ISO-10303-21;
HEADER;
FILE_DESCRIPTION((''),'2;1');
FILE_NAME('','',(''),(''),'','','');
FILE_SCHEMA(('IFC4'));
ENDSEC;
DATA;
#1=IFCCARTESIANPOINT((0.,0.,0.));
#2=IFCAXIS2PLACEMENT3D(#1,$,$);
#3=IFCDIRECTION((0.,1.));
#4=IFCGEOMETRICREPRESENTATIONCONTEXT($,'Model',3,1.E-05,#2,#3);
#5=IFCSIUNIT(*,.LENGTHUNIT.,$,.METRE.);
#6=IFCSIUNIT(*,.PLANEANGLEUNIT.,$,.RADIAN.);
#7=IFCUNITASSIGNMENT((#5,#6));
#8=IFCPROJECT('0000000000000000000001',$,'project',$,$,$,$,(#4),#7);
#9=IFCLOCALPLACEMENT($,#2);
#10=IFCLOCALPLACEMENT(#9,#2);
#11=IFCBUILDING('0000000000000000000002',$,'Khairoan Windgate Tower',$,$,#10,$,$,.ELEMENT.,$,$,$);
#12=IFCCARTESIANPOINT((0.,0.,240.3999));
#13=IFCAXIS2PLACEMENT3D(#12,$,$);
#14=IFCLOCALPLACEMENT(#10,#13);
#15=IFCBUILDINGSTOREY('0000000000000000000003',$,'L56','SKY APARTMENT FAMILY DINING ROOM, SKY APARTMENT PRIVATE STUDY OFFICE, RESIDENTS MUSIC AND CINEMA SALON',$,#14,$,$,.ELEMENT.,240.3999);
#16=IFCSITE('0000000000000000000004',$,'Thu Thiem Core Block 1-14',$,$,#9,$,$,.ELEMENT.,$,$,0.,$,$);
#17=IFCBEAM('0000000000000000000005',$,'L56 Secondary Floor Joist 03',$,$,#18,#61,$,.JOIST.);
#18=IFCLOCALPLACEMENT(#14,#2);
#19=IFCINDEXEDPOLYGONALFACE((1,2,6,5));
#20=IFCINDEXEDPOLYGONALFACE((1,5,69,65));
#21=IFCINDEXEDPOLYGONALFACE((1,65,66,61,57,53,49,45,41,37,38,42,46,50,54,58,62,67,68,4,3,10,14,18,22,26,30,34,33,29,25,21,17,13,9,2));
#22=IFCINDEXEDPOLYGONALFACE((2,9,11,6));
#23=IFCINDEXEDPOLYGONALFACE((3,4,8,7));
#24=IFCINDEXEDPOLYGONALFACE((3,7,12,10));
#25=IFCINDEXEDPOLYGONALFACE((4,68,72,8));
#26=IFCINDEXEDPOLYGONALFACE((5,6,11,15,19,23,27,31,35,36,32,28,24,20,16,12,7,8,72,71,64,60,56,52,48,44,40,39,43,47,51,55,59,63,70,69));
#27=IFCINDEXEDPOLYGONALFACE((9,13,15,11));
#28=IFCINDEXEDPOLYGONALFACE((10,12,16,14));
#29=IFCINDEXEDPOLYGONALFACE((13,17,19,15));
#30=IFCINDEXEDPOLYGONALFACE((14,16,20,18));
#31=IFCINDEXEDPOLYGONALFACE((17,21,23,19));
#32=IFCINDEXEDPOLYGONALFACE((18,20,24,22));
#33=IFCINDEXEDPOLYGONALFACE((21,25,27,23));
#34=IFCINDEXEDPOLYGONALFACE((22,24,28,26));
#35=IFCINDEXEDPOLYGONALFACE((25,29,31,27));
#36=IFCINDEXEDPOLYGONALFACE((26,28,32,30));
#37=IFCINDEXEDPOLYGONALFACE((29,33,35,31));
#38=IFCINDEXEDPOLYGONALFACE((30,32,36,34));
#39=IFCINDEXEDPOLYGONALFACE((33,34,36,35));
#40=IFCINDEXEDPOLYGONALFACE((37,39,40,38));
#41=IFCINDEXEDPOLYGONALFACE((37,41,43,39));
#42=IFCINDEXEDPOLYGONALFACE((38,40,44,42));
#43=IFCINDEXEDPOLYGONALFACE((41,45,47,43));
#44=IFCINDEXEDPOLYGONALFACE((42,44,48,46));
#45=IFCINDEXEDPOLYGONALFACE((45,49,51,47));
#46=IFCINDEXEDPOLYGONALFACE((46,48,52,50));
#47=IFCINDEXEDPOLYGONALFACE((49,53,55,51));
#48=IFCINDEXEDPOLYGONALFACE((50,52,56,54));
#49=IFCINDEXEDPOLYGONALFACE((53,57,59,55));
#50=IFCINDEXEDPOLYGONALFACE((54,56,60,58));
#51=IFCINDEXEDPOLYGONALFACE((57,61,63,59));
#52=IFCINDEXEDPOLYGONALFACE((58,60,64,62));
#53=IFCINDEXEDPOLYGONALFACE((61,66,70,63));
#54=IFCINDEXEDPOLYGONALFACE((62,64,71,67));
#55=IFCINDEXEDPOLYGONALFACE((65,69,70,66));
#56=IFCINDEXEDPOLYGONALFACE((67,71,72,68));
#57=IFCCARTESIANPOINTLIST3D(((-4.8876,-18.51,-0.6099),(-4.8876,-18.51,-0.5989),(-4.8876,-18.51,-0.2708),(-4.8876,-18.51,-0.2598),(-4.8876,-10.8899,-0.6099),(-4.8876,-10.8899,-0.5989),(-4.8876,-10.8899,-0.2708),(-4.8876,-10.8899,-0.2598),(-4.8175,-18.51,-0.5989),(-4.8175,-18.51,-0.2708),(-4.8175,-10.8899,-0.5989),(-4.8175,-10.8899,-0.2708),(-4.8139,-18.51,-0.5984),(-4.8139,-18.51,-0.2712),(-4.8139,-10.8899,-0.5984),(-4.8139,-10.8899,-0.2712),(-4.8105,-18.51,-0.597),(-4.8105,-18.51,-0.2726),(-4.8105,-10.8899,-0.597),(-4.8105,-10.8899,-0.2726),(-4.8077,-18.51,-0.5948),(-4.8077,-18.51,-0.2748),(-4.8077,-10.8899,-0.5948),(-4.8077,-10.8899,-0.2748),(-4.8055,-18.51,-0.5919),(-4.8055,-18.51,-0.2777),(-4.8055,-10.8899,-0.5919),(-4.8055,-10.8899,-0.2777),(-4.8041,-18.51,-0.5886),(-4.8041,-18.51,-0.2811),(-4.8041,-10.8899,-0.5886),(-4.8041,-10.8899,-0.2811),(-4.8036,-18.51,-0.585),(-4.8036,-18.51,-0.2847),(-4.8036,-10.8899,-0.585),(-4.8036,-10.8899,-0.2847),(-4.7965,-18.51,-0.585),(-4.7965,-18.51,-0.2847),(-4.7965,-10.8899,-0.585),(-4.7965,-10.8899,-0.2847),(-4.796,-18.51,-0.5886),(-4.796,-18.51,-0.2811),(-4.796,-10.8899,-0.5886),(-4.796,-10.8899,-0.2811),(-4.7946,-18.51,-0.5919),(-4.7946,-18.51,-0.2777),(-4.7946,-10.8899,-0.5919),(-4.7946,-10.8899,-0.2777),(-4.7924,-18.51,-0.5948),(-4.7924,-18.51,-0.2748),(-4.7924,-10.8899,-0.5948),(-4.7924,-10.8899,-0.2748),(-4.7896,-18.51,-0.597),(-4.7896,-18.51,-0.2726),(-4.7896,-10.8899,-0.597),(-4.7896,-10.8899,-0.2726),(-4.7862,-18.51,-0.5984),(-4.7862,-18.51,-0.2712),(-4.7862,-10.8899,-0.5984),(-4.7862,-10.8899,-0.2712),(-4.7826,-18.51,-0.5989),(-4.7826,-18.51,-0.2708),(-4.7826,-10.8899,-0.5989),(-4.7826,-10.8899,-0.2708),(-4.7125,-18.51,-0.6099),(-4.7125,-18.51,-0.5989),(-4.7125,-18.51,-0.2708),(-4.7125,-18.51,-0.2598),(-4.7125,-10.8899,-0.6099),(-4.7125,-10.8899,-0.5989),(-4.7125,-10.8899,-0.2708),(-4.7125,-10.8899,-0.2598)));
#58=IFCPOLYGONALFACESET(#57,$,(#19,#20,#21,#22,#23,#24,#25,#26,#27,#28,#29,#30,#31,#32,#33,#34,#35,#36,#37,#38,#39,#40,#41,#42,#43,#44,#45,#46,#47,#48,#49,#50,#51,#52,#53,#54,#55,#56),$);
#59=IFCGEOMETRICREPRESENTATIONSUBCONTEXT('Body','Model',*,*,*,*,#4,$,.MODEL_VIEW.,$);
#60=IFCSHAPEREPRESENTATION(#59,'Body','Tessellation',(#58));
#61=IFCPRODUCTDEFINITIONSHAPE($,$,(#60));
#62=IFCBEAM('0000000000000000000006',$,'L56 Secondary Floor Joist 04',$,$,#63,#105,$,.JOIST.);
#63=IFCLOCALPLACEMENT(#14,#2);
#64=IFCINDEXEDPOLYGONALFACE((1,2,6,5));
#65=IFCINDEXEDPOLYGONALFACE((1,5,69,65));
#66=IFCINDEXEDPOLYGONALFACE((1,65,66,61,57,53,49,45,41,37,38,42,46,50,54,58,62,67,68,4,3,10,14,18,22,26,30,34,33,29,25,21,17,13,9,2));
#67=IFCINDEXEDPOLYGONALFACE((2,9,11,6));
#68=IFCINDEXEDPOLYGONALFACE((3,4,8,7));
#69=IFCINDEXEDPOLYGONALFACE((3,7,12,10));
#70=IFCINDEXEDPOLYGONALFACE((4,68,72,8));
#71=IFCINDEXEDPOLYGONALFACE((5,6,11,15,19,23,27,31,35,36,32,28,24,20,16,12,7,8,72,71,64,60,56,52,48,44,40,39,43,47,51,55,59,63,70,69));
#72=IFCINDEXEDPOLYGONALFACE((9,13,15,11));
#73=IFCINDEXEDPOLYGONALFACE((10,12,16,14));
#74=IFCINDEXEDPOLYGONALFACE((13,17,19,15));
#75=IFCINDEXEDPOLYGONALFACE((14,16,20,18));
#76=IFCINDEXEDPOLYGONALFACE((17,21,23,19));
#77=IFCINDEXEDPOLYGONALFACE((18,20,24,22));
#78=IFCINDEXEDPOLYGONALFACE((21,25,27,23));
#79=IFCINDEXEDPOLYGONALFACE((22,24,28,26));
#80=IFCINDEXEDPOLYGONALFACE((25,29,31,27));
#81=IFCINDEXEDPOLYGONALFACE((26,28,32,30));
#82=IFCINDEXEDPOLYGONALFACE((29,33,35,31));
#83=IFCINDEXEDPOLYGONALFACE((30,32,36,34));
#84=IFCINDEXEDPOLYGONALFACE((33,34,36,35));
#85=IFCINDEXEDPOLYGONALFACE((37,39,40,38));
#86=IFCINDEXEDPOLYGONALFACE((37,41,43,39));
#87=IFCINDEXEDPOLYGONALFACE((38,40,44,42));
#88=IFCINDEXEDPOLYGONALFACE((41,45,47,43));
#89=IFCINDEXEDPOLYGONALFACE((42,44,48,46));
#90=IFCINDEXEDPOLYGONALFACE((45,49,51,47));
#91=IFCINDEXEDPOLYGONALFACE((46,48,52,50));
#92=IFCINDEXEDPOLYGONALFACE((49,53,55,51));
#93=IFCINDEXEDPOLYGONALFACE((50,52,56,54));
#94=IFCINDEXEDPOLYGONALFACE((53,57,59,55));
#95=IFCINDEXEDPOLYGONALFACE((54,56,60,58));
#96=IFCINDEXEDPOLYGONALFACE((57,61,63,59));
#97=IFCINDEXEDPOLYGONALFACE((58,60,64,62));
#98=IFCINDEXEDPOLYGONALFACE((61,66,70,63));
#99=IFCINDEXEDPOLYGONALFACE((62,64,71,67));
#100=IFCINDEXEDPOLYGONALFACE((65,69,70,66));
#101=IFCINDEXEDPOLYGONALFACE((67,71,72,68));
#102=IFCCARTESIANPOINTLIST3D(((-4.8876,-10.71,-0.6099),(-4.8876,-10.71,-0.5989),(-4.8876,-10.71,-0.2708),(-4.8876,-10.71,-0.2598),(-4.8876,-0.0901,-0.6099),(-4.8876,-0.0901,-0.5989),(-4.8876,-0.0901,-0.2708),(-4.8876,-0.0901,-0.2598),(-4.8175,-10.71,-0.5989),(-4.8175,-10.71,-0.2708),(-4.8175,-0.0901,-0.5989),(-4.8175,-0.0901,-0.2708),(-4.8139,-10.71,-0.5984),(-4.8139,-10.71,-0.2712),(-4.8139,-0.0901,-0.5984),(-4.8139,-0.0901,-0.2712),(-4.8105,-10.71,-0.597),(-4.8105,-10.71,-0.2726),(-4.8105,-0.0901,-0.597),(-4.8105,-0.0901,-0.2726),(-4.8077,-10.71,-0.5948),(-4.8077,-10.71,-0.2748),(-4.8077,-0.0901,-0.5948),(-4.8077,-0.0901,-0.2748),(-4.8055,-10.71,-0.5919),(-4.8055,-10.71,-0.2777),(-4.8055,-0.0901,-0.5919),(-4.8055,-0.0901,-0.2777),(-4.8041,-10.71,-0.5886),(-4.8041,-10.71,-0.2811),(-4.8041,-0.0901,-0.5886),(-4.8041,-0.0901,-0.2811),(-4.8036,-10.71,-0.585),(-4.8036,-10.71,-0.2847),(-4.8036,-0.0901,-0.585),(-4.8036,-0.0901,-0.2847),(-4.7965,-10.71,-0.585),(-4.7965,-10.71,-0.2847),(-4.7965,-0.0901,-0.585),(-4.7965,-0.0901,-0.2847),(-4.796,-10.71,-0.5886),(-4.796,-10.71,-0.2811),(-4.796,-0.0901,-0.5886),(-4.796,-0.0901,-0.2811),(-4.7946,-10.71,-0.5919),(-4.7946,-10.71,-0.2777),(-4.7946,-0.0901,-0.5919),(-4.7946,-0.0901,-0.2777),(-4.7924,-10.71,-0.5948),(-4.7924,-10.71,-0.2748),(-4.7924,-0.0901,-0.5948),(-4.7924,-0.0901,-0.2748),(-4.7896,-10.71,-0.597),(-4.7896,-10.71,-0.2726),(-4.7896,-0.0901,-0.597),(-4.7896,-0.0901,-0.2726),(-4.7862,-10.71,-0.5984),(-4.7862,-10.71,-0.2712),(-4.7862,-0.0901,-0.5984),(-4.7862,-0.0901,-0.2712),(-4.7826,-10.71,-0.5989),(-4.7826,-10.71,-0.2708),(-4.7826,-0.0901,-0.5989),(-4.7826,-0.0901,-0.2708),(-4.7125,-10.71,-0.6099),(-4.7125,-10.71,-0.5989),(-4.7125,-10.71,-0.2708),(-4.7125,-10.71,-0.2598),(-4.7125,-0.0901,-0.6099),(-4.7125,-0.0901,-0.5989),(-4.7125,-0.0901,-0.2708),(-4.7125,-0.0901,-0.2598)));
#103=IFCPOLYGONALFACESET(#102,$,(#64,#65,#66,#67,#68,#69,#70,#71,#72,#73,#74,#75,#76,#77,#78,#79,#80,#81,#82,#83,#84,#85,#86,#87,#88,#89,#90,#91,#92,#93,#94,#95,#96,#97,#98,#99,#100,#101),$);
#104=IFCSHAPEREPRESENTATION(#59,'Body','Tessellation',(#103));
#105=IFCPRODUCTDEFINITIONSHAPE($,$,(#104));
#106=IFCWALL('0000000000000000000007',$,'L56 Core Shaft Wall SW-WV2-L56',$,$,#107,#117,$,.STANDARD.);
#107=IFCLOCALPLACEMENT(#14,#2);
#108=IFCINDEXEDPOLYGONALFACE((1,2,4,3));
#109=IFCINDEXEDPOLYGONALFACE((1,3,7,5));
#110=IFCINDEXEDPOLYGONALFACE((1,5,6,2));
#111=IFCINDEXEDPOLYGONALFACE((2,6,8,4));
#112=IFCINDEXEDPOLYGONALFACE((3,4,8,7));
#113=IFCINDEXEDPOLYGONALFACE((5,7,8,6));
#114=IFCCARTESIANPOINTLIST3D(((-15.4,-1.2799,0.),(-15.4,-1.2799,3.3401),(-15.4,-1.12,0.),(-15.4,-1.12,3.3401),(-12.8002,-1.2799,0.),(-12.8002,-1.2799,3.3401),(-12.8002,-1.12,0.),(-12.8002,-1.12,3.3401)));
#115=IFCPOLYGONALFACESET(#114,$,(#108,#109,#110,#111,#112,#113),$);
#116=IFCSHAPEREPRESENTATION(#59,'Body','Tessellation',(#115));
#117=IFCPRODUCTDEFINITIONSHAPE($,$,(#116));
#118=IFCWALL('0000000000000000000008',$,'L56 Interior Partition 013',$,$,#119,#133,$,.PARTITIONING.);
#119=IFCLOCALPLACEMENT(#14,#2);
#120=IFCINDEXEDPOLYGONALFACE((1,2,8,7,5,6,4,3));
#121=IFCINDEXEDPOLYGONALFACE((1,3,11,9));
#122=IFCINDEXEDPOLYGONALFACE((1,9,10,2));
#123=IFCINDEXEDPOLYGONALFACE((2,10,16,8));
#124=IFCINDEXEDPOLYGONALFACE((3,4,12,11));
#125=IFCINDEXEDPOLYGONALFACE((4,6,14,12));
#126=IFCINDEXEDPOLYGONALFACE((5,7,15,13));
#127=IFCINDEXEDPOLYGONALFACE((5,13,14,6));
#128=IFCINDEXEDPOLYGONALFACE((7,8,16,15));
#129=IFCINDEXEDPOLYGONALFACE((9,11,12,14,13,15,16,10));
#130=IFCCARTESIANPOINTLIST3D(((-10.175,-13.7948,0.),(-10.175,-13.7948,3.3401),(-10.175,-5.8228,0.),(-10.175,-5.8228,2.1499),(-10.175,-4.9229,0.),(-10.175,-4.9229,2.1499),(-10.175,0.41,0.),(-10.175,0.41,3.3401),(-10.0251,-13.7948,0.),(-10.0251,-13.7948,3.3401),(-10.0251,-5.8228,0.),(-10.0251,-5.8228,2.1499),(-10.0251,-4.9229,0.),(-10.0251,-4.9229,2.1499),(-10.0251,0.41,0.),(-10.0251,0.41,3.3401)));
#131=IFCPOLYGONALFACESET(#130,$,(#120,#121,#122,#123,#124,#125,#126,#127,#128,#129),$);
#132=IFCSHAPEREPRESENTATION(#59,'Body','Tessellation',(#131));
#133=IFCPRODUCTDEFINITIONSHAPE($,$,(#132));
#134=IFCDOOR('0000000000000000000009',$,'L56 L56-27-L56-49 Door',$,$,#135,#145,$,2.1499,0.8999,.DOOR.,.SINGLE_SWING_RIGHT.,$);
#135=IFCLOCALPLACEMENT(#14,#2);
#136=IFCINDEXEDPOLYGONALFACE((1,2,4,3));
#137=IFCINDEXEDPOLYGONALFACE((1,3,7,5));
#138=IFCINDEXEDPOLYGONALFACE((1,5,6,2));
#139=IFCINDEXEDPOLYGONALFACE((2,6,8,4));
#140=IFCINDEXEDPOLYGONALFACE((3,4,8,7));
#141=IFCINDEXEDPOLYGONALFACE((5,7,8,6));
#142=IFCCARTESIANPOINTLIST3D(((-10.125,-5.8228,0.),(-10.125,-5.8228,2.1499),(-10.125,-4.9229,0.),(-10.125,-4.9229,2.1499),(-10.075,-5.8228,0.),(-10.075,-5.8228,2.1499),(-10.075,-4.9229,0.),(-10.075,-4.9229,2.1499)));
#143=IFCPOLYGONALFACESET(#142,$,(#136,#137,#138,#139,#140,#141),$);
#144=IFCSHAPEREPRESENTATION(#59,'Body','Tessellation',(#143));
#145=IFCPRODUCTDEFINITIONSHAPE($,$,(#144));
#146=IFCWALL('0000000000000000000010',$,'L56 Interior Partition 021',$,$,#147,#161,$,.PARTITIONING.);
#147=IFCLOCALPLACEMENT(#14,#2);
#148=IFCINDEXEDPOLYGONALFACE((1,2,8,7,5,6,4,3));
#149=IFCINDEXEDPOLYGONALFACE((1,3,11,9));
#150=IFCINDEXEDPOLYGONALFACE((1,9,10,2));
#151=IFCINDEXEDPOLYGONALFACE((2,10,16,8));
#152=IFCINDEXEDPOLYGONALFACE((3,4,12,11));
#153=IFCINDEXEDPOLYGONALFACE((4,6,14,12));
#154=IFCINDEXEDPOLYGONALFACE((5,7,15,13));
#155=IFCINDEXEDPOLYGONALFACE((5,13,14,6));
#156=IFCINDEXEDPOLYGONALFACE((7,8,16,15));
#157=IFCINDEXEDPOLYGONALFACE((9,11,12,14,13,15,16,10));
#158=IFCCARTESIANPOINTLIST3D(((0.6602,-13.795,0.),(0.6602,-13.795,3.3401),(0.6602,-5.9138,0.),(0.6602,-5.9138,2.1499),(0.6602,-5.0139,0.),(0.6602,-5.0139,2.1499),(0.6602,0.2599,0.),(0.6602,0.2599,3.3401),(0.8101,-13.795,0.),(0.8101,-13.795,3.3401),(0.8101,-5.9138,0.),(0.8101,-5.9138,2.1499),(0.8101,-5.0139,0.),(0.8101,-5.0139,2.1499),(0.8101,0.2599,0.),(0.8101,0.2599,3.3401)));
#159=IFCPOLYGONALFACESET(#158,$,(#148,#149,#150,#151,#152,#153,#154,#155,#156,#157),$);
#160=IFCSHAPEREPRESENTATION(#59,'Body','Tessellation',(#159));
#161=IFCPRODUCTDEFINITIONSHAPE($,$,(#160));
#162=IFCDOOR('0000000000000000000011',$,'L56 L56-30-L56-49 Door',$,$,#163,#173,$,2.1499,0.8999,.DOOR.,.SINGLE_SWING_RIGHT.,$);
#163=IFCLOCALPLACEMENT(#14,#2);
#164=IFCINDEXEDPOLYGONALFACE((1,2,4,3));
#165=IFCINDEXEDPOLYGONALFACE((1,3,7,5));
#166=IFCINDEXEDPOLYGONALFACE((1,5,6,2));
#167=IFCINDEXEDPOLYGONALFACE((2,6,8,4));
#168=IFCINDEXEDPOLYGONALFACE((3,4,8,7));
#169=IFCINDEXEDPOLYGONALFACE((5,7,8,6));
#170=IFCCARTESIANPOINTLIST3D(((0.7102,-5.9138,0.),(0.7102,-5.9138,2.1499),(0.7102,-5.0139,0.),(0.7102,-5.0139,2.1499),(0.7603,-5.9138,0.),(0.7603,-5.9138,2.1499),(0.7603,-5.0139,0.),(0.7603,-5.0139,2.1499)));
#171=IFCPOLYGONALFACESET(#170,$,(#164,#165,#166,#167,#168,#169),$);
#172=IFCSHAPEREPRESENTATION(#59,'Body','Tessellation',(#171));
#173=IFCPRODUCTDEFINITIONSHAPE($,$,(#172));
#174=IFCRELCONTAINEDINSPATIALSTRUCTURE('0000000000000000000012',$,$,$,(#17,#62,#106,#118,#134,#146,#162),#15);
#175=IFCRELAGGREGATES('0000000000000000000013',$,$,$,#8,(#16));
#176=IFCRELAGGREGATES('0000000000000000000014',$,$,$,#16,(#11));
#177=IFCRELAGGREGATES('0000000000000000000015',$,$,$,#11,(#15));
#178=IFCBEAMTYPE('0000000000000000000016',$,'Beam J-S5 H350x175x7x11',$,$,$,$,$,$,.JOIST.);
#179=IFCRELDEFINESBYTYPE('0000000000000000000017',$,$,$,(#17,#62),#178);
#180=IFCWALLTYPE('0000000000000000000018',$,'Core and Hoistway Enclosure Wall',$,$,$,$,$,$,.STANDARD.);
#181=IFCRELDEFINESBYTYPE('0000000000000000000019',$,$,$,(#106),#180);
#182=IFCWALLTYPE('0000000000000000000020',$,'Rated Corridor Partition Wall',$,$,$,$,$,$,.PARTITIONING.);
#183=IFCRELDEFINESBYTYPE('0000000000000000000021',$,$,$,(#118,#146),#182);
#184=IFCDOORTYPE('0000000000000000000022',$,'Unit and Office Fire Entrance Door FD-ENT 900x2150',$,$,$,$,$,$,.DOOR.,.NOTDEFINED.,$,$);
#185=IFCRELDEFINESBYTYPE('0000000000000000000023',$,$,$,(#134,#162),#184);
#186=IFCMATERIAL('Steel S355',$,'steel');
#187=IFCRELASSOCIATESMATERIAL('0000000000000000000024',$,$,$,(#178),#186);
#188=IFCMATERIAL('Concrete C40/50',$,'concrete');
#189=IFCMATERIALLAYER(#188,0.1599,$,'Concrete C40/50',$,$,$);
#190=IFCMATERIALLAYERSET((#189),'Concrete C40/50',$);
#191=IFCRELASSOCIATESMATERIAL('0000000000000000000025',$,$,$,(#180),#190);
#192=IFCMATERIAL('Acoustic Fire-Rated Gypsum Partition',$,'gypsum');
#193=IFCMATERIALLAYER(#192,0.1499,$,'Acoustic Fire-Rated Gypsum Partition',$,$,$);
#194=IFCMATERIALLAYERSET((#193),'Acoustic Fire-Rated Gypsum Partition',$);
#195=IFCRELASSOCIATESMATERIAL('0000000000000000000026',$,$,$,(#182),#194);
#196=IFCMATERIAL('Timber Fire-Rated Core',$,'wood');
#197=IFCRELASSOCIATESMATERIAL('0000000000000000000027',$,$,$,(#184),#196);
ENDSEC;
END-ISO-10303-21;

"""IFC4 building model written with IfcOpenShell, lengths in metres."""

from ifc_helpers import new_model, si_unit, direction, frame, frame_2d, origin, origin_2d, place, context, subcontext, project, spatial, rectangle, i_section, extrude, material, layer, layer_set, material_profile, profile_set, type_object, element, fill, save


model = new_model("IFC4")

# Units and contexts
model_context = context("Model", 3, precision=1e-05, world=origin(), true_north=direction((0.0, 1.0)))
body_context = subcontext(model_context, "Body", "Model", "MODEL_VIEW")
ifc_project = project(units=[si_unit("LENGTHUNIT", "METRE"), si_unit("PLANEANGLEUNIT", "RADIAN")], contexts=[model_context])

# Site, building, storey
site_placement = place(None, origin())
site = spatial("IfcSite", under=ifc_project, at=site_placement, Name="Thu Thiem Core Block 1-14", CompositionType="ELEMENT", RefElevation=0.0)
building_placement = place(site_placement, origin())
building = spatial("IfcBuilding", under=site, at=building_placement, Name="Khairoan Windgate Tower", CompositionType="ELEMENT")
storey_placement = place(building_placement, frame((0.0, 0.0, 240.3999)))
storey = spatial("IfcBuildingStorey", under=building, at=storey_placement, Name="L56", Description="SKY APARTMENT FAMILY DINING ROOM, SKY APARTMENT PRIVATE STUDY OFFICE, RESIDENTS MUSIC AND CINEMA SALON", CompositionType="ELEMENT", Elevation=240.3999)

# Beams
ifc_material_1 = material(Name="Steel S355", Category="steel")
ifc_material_profile_1 = material_profile(ifc_material_1, i_section(OverallWidth=0.175, OverallDepth=0.3501, WebThickness=0.0071, FlangeThickness=0.011, FilletRadius=0.0139, at=origin_2d()))
ifc_profile_set_1 = profile_set([ifc_material_profile_1], Name="Steel S355")
beam_type_1 = type_object("IfcBeamType", Name="Beam J-S5 H350x175x7x11", PredefinedType="JOIST", material=ifc_profile_set_1)
beam_1_placement = place(storey_placement, frame((-4.8, -18.51, -0.4348), z_axis=(0.0, 1.0, 0.0), x_axis=(-1.0, 0.0, 0.0)))
element("IfcBeam", 1, at=beam_1_placement, inside=storey, type_object=beam_type_1, Name="L56 Secondary Floor Joist 03", PredefinedType="JOIST", context=body_context, shape_type="SweptSolid", body=[
    extrude(i_section(OverallWidth=0.175, OverallDepth=0.3501, WebThickness=0.0071, FlangeThickness=0.011, FilletRadius=0.0139, at=origin_2d()), origin(), (0.0, 0.0, 1.0), 7.6201),
])
beam_2_placement = place(storey_placement, frame((-4.8, -10.71, -0.4348), z_axis=(0.0, 1.0, 0.0), x_axis=(-1.0, 0.0, 0.0)))
element("IfcBeam", 2, at=beam_2_placement, inside=storey, type_object=beam_type_1, Name="L56 Secondary Floor Joist 04", PredefinedType="JOIST", context=body_context, shape_type="SweptSolid", body=[
    extrude(i_section(OverallWidth=0.175, OverallDepth=0.3501, WebThickness=0.0071, FlangeThickness=0.011, FilletRadius=0.0139, at=origin_2d()), origin(), (0.0, 0.0, 1.0), 10.6199),
])

# Wall
ifc_material_2 = material(Name="Concrete C40/50", Category="concrete")
ifc_layer_1 = layer(ifc_material_2, 0.1599, Name="Concrete C40/50")
ifc_layer_set_1 = layer_set([ifc_layer_1], Name="Concrete C40/50")
wall_type_1 = type_object("IfcWallType", Name="Core and Hoistway Enclosure Wall", PredefinedType="STANDARD", material=ifc_layer_set_1)
wall_1_placement = place(storey_placement, frame((-15.3999, -1.2, 0.0), z_axis=(0.0, 0.0, 1.0), x_axis=(1.0, 0.0, 0.0)))
element("IfcWall", 3, at=wall_1_placement, inside=storey, type_object=wall_type_1, Name="L56 Core Shaft Wall SW-WV2-L56", PredefinedType="STANDARD", context=body_context, shape_type="SweptSolid", body=[
    extrude(rectangle(XDim=2.5999, YDim=0.1599, at=frame_2d((1.2998, 0.0))), origin(), (0.0, 0.0, 1.0), 3.3401),
])

# Walls, openings, doors
ifc_material_3 = material(Name="Acoustic Fire-Rated Gypsum Partition", Category="gypsum")
ifc_layer_2 = layer(ifc_material_3, 0.1499, Name="Acoustic Fire-Rated Gypsum Partition")
ifc_layer_set_2 = layer_set([ifc_layer_2], Name="Acoustic Fire-Rated Gypsum Partition")
wall_type_2 = type_object("IfcWallType", Name="Rated Corridor Partition Wall", PredefinedType="PARTITIONING", material=ifc_layer_set_2)
wall_2_placement = place(storey_placement, frame((-10.1001, -13.7949, 0.0), z_axis=(0.0, 0.0, 1.0), x_axis=(0.0, 1.0, 0.0)))
wall_2 = element("IfcWall", 4, at=wall_2_placement, inside=storey, type_object=wall_type_2, Name="L56 Interior Partition 013", PredefinedType="PARTITIONING", context=body_context, shape_type="SweptSolid", body=[
    extrude(rectangle(XDim=14.2048, YDim=0.1499, at=frame_2d((7.1025, 0.0))), origin(), (0.0, 0.0, 1.0), 3.3401),
])
opening_1_placement = place(wall_2_placement, frame((7.9722, 0.0, 0.0)))
opening_1 = element("IfcOpeningElement", 5, at=opening_1_placement, cuts=wall_2, PredefinedType="OPENING", context=body_context, shape_type="SweptSolid", body=[
    extrude(rectangle(XDim=0.8999, YDim=2.1499, at=frame_2d((0.45, 1.075))), frame((0.0, 0.085, 0.0), z_axis=(0.0, -1.0, 0.0), x_axis=(1.0, 0.0, 0.0)), (0.0, 0.0, 1.0), 0.1699),
])
ifc_material_4 = material(Name="Timber Fire-Rated Core", Category="wood")
door_type_1 = type_object("IfcDoorType", Name="Unit and Office Fire Entrance Door FD-ENT 900x2150", OperationType="NOTDEFINED", PredefinedType="DOOR", material=ifc_material_4)
door_1_placement = place(opening_1_placement, origin())
door_1 = element("IfcDoor", 6, at=door_1_placement, inside=storey, type_object=door_type_1, Name="L56 L56-27-L56-49 Door", OperationType="SINGLE_SWING_RIGHT", OverallHeight=2.1499, OverallWidth=0.8999, PredefinedType="DOOR", context=body_context, shape_type="SweptSolid", body=[
    extrude(rectangle(XDim=0.8999, YDim=2.1499, at=frame_2d((0.45, 1.075))), frame((0.0, 0.0249, 0.0), z_axis=(0.0, -1.0, 0.0), x_axis=(1.0, 0.0, 0.0)), (0.0, 0.0, 1.0), 0.05),
])
fill(opening_1, door_1)
wall_3_placement = place(storey_placement, frame((0.7351, -13.7949, 0.0), z_axis=(0.0, 0.0, 1.0), x_axis=(0.0, 1.0, 0.0)))
wall_3 = element("IfcWall", 7, at=wall_3_placement, inside=storey, type_object=wall_type_2, Name="L56 Interior Partition 021", PredefinedType="PARTITIONING", context=body_context, shape_type="SweptSolid", body=[
    extrude(rectangle(XDim=14.0549, YDim=0.1499, at=frame_2d((7.0273, 0.0))), origin(), (0.0, 0.0, 1.0), 3.3401),
])
opening_2_placement = place(wall_3_placement, frame((7.8811, 0.0, 0.0)))
opening_2 = element("IfcOpeningElement", 8, at=opening_2_placement, cuts=wall_3, PredefinedType="OPENING", context=body_context, shape_type="SweptSolid", body=[
    extrude(rectangle(XDim=0.8999, YDim=2.1499, at=frame_2d((0.45, 1.075))), frame((0.0, 0.085, 0.0), z_axis=(0.0, -1.0, 0.0), x_axis=(1.0, 0.0, 0.0)), (0.0, 0.0, 1.0), 0.1699),
])
door_2_placement = place(opening_2_placement, origin())
door_2 = element("IfcDoor", 9, at=door_2_placement, inside=storey, type_object=door_type_1, Name="L56 L56-30-L56-49 Door", OperationType="SINGLE_SWING_RIGHT", OverallHeight=2.1499, OverallWidth=0.8999, PredefinedType="DOOR", context=body_context, shape_type="SweptSolid", body=[
    extrude(rectangle(XDim=0.8999, YDim=2.1499, at=frame_2d((0.45, 1.075))), frame((0.0, 0.0249, 0.0), z_axis=(0.0, -1.0, 0.0), x_axis=(1.0, 0.0, 0.0)), (0.0, 0.0, 1.0), 0.05),
])
fill(opening_2, door_2)

save(model, "model.ifc")
